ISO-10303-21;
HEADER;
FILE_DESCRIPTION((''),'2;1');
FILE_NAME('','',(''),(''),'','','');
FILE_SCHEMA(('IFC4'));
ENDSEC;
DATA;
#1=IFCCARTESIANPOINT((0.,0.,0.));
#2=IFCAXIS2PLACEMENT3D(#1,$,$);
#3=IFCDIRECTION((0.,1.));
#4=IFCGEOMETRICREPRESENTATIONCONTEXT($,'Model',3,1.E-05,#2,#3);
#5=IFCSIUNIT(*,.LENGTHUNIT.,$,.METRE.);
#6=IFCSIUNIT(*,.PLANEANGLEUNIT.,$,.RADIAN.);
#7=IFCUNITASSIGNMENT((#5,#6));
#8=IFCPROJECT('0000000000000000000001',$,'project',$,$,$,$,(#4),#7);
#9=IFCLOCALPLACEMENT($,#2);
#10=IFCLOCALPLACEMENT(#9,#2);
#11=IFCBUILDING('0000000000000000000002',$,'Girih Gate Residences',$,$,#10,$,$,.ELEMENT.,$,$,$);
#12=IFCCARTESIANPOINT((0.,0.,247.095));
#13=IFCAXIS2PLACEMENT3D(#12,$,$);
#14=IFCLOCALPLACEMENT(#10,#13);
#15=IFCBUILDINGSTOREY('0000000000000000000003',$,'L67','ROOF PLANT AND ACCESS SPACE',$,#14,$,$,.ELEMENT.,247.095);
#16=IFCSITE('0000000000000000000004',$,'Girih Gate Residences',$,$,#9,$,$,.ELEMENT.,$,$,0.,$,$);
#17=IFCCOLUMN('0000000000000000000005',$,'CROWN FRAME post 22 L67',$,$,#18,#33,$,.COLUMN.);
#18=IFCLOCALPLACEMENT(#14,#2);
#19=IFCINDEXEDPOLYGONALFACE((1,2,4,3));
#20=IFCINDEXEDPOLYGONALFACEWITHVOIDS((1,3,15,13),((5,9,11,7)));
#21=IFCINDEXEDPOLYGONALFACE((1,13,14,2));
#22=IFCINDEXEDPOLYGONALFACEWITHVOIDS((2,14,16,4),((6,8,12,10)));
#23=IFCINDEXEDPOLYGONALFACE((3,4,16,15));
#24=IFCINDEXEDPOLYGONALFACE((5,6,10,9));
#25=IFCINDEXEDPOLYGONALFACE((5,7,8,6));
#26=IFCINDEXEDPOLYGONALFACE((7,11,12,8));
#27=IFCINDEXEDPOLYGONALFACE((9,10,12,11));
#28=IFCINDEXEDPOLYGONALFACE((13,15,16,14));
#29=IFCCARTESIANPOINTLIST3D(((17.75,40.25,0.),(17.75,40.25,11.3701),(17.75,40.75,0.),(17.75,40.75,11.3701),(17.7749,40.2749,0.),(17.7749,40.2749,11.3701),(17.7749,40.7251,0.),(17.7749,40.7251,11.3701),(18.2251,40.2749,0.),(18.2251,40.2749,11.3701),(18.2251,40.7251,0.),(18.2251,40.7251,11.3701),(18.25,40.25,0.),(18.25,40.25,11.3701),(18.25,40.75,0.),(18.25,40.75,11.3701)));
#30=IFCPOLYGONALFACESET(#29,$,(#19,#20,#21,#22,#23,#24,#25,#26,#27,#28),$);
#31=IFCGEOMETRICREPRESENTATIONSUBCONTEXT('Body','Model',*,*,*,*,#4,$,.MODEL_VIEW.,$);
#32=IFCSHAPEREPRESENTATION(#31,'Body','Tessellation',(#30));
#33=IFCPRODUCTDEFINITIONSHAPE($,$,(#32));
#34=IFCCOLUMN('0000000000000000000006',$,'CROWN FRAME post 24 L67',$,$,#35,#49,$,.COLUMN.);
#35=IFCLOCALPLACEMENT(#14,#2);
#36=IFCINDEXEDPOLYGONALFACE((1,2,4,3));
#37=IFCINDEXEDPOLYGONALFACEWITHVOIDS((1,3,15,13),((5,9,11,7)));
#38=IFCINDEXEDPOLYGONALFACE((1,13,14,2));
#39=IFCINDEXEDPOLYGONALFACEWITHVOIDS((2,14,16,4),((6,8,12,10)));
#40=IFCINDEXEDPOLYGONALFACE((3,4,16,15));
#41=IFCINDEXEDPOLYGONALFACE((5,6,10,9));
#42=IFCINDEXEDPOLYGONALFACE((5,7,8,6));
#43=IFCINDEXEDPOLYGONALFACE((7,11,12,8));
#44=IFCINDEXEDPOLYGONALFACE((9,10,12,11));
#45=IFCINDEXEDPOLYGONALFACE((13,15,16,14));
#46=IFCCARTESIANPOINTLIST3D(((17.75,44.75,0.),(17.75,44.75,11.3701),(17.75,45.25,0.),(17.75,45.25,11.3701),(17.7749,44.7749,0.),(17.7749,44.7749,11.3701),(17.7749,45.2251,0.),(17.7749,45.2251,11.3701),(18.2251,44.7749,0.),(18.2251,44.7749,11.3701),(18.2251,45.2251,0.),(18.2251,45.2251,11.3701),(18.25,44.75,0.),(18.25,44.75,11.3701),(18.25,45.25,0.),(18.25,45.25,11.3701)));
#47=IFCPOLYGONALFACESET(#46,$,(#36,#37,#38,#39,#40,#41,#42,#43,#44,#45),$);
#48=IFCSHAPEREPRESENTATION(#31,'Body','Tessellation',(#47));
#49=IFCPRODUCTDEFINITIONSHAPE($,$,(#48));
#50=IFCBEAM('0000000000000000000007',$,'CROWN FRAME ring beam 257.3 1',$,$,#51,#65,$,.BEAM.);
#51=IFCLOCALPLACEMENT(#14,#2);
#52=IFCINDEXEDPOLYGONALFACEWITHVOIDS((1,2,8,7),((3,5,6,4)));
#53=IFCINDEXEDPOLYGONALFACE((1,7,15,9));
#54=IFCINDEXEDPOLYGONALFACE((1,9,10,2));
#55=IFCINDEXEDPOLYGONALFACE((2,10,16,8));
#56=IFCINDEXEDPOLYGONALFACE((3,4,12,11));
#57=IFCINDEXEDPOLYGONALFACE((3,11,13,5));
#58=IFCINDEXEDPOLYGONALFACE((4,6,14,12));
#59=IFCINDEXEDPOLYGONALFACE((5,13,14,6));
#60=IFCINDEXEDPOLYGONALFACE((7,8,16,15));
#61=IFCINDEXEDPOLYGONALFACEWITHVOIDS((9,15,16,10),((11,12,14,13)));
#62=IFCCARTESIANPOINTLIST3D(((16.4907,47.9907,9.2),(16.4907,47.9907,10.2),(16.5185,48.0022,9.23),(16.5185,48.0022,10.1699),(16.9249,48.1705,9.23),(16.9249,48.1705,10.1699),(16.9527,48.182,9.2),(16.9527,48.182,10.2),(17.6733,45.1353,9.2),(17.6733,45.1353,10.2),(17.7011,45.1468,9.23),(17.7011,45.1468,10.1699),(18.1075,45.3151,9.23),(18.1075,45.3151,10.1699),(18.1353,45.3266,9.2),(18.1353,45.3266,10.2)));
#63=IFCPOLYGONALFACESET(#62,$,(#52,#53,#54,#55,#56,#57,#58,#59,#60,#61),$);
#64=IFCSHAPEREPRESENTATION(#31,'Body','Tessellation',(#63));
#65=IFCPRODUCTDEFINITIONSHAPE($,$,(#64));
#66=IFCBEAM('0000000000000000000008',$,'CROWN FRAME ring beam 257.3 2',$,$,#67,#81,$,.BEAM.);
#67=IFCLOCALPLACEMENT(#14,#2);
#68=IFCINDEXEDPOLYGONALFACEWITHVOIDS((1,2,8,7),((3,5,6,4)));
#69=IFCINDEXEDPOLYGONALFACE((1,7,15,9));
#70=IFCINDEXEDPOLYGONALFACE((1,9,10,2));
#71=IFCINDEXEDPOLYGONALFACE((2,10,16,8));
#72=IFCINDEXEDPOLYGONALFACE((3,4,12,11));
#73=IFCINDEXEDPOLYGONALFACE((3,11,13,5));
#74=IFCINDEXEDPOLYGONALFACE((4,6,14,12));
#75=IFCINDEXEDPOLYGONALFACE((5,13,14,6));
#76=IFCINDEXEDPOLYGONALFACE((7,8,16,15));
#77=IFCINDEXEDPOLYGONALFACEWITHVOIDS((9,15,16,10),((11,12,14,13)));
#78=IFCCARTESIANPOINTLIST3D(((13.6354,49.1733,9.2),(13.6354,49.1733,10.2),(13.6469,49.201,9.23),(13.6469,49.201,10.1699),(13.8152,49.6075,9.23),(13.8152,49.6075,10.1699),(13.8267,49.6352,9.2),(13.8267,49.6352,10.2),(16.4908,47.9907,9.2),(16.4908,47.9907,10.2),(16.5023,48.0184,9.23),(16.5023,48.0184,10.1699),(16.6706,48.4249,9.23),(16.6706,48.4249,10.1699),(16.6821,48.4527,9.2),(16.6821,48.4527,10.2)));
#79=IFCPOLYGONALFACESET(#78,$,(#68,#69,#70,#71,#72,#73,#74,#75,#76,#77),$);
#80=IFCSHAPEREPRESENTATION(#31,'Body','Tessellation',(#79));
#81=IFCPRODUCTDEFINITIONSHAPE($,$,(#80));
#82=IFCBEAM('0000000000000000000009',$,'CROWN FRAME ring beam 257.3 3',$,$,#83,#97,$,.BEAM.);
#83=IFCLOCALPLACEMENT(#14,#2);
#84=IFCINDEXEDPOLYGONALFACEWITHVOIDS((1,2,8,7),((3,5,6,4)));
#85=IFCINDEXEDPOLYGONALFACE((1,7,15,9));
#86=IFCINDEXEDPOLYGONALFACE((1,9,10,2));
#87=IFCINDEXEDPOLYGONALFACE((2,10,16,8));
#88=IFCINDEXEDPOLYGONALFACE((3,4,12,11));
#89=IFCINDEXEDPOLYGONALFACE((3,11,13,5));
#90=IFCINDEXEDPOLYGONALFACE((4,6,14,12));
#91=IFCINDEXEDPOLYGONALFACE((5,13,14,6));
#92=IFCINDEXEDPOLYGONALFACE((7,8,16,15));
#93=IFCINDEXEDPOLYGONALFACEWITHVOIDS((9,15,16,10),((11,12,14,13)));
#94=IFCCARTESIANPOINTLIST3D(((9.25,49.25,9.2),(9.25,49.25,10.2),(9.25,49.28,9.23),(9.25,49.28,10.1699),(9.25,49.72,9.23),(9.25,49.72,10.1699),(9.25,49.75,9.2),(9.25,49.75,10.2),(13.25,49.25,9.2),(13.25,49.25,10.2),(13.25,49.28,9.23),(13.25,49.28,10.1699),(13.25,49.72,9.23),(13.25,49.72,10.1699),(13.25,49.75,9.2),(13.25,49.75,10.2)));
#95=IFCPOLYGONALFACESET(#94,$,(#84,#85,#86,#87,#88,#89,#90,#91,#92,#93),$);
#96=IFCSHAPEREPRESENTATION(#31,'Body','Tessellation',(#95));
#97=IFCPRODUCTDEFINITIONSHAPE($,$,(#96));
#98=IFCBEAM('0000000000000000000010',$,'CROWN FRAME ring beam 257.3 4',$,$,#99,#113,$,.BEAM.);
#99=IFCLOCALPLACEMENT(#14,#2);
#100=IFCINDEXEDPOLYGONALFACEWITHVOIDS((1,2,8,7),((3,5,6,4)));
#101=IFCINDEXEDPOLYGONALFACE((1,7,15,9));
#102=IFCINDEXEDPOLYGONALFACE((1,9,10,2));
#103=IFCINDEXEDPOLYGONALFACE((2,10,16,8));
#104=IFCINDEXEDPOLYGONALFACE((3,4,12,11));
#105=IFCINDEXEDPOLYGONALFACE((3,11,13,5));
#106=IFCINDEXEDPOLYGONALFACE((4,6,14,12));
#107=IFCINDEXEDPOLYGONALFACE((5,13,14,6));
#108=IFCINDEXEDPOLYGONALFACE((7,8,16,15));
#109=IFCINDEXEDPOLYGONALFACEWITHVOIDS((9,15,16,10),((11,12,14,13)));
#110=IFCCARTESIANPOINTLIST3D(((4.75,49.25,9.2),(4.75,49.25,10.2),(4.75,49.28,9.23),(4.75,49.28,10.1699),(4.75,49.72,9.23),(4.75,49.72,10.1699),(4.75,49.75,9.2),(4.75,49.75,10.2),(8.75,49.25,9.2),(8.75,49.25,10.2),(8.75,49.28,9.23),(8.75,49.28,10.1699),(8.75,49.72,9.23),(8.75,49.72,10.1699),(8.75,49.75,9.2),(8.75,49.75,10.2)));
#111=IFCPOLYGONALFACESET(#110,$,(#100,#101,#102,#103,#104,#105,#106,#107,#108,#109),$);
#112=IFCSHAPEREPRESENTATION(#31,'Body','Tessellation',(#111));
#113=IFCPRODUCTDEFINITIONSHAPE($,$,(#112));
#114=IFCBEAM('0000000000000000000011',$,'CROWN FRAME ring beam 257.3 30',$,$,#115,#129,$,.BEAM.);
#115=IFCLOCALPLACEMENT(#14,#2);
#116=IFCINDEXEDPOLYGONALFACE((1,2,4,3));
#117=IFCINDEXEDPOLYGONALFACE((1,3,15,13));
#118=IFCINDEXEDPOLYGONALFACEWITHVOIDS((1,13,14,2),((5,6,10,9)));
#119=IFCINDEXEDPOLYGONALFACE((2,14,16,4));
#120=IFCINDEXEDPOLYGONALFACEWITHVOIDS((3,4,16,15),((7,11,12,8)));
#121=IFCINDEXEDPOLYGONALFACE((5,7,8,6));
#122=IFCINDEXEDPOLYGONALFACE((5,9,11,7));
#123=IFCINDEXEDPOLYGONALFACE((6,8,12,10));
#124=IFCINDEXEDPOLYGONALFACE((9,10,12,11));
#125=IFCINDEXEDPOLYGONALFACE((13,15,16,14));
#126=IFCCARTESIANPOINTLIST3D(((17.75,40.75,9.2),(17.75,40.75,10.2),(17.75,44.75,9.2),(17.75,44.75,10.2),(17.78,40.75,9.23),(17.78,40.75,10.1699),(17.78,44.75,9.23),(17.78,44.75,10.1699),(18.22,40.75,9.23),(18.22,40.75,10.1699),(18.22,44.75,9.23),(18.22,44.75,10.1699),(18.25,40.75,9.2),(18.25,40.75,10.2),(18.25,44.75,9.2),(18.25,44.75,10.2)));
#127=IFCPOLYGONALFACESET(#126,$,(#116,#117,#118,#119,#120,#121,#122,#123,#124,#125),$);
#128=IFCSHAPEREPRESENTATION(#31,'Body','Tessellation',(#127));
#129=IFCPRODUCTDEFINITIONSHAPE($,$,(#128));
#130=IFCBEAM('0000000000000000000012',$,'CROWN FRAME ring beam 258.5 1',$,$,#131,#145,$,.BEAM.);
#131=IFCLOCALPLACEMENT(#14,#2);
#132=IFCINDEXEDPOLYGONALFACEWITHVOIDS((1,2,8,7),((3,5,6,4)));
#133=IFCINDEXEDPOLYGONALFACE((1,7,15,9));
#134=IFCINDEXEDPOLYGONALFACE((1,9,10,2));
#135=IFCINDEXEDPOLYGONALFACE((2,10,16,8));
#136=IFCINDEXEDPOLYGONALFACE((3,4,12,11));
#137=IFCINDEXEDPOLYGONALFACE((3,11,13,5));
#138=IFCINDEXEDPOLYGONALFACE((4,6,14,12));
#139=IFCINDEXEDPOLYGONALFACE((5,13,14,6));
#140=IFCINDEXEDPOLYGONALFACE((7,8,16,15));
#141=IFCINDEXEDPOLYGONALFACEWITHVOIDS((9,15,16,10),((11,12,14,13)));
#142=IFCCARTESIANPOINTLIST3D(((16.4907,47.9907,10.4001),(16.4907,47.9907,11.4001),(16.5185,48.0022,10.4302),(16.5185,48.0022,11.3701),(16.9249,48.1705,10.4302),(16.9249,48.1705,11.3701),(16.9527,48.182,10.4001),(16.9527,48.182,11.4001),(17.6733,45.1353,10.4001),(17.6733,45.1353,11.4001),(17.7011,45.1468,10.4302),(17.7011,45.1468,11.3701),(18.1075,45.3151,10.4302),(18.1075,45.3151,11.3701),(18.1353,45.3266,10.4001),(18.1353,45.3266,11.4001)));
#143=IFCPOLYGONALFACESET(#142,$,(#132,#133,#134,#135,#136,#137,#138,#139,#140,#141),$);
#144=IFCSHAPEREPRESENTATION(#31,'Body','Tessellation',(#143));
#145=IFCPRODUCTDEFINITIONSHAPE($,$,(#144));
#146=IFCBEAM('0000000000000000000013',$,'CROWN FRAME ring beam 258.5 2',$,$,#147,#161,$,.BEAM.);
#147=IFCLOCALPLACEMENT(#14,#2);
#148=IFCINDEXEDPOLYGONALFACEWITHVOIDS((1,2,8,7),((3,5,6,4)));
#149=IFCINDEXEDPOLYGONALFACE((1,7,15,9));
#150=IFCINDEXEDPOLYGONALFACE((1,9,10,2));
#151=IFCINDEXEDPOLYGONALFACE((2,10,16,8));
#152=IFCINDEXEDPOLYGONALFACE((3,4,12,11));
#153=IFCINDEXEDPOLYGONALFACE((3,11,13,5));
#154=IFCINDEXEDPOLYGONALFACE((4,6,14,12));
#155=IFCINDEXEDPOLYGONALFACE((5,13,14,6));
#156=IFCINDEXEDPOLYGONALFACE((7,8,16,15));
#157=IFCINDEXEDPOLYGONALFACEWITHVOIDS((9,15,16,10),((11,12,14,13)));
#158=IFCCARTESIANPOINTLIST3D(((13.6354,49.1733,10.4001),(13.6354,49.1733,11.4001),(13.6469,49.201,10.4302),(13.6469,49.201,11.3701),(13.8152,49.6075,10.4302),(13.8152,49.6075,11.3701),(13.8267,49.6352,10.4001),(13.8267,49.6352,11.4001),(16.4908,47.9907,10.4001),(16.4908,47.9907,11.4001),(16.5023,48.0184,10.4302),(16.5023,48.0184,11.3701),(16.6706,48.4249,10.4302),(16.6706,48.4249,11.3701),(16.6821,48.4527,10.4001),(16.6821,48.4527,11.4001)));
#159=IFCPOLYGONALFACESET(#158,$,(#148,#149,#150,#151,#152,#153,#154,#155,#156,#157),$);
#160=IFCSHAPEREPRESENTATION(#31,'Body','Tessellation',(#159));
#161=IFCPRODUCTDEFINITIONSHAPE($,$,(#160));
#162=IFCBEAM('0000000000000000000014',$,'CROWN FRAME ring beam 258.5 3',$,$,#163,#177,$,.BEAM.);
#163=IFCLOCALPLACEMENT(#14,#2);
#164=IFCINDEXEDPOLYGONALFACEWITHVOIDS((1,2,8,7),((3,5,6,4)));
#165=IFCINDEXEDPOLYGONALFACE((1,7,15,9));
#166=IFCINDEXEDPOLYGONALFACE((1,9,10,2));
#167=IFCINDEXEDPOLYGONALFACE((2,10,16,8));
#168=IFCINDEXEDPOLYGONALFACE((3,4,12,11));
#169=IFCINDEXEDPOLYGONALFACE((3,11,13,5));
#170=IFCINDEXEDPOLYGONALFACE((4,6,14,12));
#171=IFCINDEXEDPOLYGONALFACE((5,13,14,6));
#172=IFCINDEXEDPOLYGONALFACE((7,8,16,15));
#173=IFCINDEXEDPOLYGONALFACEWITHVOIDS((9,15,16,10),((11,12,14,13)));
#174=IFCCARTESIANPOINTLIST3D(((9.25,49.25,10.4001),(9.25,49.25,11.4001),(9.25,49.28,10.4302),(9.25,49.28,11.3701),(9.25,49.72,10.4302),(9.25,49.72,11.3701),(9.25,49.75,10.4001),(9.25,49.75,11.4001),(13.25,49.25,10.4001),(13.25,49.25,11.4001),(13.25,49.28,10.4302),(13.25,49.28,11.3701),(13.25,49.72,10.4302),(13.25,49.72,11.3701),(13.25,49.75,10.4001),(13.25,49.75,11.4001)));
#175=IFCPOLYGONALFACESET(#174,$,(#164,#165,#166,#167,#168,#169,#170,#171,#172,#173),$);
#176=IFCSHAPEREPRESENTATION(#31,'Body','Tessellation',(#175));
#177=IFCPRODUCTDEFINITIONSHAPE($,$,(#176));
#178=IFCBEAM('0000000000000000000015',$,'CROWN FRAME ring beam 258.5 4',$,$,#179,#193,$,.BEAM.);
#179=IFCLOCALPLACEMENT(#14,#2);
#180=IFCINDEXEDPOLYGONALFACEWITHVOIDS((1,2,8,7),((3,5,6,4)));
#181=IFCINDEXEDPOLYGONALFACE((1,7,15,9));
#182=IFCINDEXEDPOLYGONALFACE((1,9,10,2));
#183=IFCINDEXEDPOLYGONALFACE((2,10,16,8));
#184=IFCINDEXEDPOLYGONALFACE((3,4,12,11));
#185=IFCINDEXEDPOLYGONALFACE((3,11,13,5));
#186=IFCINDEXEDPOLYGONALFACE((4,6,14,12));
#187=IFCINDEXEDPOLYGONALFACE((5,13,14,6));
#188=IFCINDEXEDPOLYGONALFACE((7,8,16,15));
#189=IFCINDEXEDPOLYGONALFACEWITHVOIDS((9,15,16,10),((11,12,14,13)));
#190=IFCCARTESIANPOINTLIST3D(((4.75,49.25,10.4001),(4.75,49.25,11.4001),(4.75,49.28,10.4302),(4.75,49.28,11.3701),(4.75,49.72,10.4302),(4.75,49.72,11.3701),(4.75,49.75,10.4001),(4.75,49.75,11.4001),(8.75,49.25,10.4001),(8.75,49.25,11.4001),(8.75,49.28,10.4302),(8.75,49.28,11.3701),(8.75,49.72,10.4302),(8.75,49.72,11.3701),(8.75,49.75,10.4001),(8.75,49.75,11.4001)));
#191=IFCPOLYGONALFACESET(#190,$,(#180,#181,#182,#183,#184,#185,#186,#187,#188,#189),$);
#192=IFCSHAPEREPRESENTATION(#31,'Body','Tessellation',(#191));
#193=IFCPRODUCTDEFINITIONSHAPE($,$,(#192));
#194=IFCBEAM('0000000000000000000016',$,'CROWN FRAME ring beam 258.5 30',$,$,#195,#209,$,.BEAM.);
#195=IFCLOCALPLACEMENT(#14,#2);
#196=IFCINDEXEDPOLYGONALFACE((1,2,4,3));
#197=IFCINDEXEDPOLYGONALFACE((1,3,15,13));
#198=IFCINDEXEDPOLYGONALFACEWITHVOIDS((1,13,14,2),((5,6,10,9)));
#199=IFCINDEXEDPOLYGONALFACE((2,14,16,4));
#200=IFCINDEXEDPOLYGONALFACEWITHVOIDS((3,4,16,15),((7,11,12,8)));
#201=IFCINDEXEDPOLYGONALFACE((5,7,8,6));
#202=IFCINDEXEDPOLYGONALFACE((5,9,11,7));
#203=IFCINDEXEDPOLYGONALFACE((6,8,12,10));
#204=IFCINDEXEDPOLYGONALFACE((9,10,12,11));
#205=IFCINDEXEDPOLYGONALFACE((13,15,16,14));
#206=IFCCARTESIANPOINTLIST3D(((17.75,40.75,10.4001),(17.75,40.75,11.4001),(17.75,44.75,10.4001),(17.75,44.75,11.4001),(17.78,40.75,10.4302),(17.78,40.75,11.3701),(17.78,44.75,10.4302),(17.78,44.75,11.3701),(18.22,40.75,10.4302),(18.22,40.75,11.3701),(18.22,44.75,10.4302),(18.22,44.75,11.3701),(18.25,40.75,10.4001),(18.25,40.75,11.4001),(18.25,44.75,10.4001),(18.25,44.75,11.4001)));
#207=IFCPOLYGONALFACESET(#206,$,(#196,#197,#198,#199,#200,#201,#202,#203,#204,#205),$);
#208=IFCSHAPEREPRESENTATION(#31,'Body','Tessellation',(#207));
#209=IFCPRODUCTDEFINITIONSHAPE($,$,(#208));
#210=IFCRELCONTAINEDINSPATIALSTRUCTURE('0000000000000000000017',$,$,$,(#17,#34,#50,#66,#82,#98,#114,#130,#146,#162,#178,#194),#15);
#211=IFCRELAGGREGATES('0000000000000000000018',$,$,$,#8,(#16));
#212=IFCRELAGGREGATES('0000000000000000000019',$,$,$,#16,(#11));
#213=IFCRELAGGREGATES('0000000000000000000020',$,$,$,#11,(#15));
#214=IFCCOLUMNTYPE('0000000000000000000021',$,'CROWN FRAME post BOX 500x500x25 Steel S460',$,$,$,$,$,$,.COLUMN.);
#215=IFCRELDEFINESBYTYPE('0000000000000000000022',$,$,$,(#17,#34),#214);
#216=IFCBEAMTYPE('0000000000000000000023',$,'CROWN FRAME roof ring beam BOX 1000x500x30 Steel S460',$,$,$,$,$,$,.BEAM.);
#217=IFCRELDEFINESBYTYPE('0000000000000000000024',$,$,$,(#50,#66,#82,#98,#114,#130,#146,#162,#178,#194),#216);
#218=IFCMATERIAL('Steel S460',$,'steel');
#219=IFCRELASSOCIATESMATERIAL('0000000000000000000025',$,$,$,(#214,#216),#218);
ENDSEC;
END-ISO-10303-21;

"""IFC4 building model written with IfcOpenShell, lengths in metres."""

from ifc_helpers import new_model, si_unit, direction, frame, origin, origin_2d, place, context, subcontext, project, spatial, hollow_rectangle, extrude, material, material_profile, profile_set, type_object, element, save


model = new_model("IFC4")

# Units and contexts
model_context = context("Model", 3, precision=1e-05, world=origin(), true_north=direction((0.0, 1.0)))
body_context = subcontext(model_context, "Body", "Model", "MODEL_VIEW")
ifc_project = project(units=[si_unit("LENGTHUNIT", "METRE"), si_unit("PLANEANGLEUNIT", "RADIAN")], contexts=[model_context])

# Site, building, storey
site_placement = place(None, origin())
site = spatial("IfcSite", under=ifc_project, at=site_placement, Name="Girih Gate Residences", CompositionType="ELEMENT", RefElevation=0.0)
building_placement = place(site_placement, origin())
building = spatial("IfcBuilding", under=site, at=building_placement, Name="Girih Gate Residences", CompositionType="ELEMENT")
storey_placement = place(building_placement, frame((0.0, 0.0, 247.095)))
storey = spatial("IfcBuildingStorey", under=building, at=storey_placement, Name="L67", Description="ROOF PLANT AND ACCESS SPACE", CompositionType="ELEMENT", Elevation=247.095)

# Columns
ifc_material_1 = material(Name="Steel S460", Category="steel")
ifc_material_profile_1 = material_profile(ifc_material_1, hollow_rectangle(XDim=0.5, YDim=0.5, WallThickness=0.0249, at=origin_2d()))
ifc_profile_set_1 = profile_set([ifc_material_profile_1], Name="Steel S460")
column_type = type_object("IfcColumnType", Name="CROWN FRAME post BOX 500x500x25 Steel S460", PredefinedType="COLUMN", material=ifc_profile_set_1)
for number, where, z_axis, x_axis, name in (
    (1, (18.0, 40.5, 0.0), (0.0, 0.0, 1.0), (1.0, 0.0, 0.0), "CROWN FRAME post 22 L67"),
    (2, (18.0, 45.0, 0.0), (0.0, 0.0, 1.0), (1.0, 0.0, 0.0), "CROWN FRAME post 24 L67"),
):
    element("IfcColumn", number, at=place(storey_placement, frame(where, z_axis=z_axis, x_axis=x_axis)), inside=storey, type_object=column_type, Name=name, PredefinedType="COLUMN", context=body_context, shape_type="SweptSolid", body=[
        extrude(hollow_rectangle(XDim=0.5, YDim=0.5, WallThickness=0.0249, at=origin_2d()), origin(), (0.0, 0.0, 1.0), 11.3701),
    ])

# Beams
ifc_material_profile_2 = material_profile(ifc_material_1, hollow_rectangle(XDim=0.5, YDim=1.0, WallThickness=0.03, at=origin_2d()))
ifc_profile_set_2 = profile_set([ifc_material_profile_2], Name="Steel S460")
beam_type_1 = type_object("IfcBeamType", Name="CROWN FRAME roof ring beam BOX 1000x500x30 Steel S460", PredefinedType="BEAM", material=ifc_profile_set_2)
for number, where, z_axis, x_axis, name in (
    (3, (17.9043, 45.231, 9.7), (-0.38264, 0.923897, 0.0), (-0.923897, -0.38264, 0.0), "CROWN FRAME ring beam 257.3 1"),
    (4, (16.5864, 48.2217, 9.7), (-0.923897, 0.38264, 0.0), (-0.38264, -0.923897, 0.0), "CROWN FRAME ring beam 257.3 2"),
):
    element("IfcBeam", number, at=place(storey_placement, frame(where, z_axis=z_axis, x_axis=x_axis)), inside=storey, type_object=beam_type_1, Name=name, PredefinedType="BEAM", context=body_context, shape_type="SweptSolid", body=[
        extrude(hollow_rectangle(XDim=0.5, YDim=1.0, WallThickness=0.03, at=origin_2d()), origin(), (0.0, 0.0, 1.0), 3.0906),
    ])
for number, where, z_axis, x_axis, name in (
    (5, (13.25, 49.5, 9.7), (-1.0, 0.0, 0.0), (0.0, -1.0, 0.0), "CROWN FRAME ring beam 257.3 3"),
    (6, (8.75, 49.5, 9.7), (-1.0, 0.0, 0.0), (0.0, -1.0, 0.0), "CROWN FRAME ring beam 257.3 4"),
    (7, (18.0, 40.75, 9.7), (0.0, 1.0, 0.0), (-1.0, 0.0, 0.0), "CROWN FRAME ring beam 257.3 30"),
):
    element("IfcBeam", number, at=place(storey_placement, frame(where, z_axis=z_axis, x_axis=x_axis)), inside=storey, type_object=beam_type_1, Name=name, PredefinedType="BEAM", context=body_context, shape_type="SweptSolid", body=[
        extrude(hollow_rectangle(XDim=0.5, YDim=1.0, WallThickness=0.03, at=origin_2d()), origin(), (0.0, 0.0, 1.0), 4.0),
    ])
for number, where, z_axis, x_axis, name in (
    (8, (17.9043, 45.231, 10.9001), (-0.38264, 0.923897, 0.0), (-0.923897, -0.38264, 0.0), "CROWN FRAME ring beam 258.5 1"),
    (9, (16.5864, 48.2217, 10.9001), (-0.923897, 0.38264, 0.0), (-0.38264, -0.923897, 0.0), "CROWN FRAME ring beam 258.5 2"),
):
    element("IfcBeam", number, at=place(storey_placement, frame(where, z_axis=z_axis, x_axis=x_axis)), inside=storey, type_object=beam_type_1, Name=name, PredefinedType="BEAM", context=body_context, shape_type="SweptSolid", body=[
        extrude(hollow_rectangle(XDim=0.5, YDim=1.0, WallThickness=0.03, at=origin_2d()), origin(), (0.0, 0.0, 1.0), 3.0906),
    ])
for number, where, z_axis, x_axis, name in (
    (10, (13.25, 49.5, 10.9001), (-1.0, 0.0, 0.0), (0.0, -1.0, 0.0), "CROWN FRAME ring beam 258.5 3"),
    (11, (8.75, 49.5, 10.9001), (-1.0, 0.0, 0.0), (0.0, -1.0, 0.0), "CROWN FRAME ring beam 258.5 4"),
    (12, (18.0, 40.75, 10.9001), (0.0, 1.0, 0.0), (-1.0, 0.0, 0.0), "CROWN FRAME ring beam 258.5 30"),
):
    element("IfcBeam", number, at=place(storey_placement, frame(where, z_axis=z_axis, x_axis=x_axis)), inside=storey, type_object=beam_type_1, Name=name, PredefinedType="BEAM", context=body_context, shape_type="SweptSolid", body=[
        extrude(hollow_rectangle(XDim=0.5, YDim=1.0, WallThickness=0.03, at=origin_2d()), origin(), (0.0, 0.0, 1.0), 4.0),
    ])

save(model, "model.ifc")
